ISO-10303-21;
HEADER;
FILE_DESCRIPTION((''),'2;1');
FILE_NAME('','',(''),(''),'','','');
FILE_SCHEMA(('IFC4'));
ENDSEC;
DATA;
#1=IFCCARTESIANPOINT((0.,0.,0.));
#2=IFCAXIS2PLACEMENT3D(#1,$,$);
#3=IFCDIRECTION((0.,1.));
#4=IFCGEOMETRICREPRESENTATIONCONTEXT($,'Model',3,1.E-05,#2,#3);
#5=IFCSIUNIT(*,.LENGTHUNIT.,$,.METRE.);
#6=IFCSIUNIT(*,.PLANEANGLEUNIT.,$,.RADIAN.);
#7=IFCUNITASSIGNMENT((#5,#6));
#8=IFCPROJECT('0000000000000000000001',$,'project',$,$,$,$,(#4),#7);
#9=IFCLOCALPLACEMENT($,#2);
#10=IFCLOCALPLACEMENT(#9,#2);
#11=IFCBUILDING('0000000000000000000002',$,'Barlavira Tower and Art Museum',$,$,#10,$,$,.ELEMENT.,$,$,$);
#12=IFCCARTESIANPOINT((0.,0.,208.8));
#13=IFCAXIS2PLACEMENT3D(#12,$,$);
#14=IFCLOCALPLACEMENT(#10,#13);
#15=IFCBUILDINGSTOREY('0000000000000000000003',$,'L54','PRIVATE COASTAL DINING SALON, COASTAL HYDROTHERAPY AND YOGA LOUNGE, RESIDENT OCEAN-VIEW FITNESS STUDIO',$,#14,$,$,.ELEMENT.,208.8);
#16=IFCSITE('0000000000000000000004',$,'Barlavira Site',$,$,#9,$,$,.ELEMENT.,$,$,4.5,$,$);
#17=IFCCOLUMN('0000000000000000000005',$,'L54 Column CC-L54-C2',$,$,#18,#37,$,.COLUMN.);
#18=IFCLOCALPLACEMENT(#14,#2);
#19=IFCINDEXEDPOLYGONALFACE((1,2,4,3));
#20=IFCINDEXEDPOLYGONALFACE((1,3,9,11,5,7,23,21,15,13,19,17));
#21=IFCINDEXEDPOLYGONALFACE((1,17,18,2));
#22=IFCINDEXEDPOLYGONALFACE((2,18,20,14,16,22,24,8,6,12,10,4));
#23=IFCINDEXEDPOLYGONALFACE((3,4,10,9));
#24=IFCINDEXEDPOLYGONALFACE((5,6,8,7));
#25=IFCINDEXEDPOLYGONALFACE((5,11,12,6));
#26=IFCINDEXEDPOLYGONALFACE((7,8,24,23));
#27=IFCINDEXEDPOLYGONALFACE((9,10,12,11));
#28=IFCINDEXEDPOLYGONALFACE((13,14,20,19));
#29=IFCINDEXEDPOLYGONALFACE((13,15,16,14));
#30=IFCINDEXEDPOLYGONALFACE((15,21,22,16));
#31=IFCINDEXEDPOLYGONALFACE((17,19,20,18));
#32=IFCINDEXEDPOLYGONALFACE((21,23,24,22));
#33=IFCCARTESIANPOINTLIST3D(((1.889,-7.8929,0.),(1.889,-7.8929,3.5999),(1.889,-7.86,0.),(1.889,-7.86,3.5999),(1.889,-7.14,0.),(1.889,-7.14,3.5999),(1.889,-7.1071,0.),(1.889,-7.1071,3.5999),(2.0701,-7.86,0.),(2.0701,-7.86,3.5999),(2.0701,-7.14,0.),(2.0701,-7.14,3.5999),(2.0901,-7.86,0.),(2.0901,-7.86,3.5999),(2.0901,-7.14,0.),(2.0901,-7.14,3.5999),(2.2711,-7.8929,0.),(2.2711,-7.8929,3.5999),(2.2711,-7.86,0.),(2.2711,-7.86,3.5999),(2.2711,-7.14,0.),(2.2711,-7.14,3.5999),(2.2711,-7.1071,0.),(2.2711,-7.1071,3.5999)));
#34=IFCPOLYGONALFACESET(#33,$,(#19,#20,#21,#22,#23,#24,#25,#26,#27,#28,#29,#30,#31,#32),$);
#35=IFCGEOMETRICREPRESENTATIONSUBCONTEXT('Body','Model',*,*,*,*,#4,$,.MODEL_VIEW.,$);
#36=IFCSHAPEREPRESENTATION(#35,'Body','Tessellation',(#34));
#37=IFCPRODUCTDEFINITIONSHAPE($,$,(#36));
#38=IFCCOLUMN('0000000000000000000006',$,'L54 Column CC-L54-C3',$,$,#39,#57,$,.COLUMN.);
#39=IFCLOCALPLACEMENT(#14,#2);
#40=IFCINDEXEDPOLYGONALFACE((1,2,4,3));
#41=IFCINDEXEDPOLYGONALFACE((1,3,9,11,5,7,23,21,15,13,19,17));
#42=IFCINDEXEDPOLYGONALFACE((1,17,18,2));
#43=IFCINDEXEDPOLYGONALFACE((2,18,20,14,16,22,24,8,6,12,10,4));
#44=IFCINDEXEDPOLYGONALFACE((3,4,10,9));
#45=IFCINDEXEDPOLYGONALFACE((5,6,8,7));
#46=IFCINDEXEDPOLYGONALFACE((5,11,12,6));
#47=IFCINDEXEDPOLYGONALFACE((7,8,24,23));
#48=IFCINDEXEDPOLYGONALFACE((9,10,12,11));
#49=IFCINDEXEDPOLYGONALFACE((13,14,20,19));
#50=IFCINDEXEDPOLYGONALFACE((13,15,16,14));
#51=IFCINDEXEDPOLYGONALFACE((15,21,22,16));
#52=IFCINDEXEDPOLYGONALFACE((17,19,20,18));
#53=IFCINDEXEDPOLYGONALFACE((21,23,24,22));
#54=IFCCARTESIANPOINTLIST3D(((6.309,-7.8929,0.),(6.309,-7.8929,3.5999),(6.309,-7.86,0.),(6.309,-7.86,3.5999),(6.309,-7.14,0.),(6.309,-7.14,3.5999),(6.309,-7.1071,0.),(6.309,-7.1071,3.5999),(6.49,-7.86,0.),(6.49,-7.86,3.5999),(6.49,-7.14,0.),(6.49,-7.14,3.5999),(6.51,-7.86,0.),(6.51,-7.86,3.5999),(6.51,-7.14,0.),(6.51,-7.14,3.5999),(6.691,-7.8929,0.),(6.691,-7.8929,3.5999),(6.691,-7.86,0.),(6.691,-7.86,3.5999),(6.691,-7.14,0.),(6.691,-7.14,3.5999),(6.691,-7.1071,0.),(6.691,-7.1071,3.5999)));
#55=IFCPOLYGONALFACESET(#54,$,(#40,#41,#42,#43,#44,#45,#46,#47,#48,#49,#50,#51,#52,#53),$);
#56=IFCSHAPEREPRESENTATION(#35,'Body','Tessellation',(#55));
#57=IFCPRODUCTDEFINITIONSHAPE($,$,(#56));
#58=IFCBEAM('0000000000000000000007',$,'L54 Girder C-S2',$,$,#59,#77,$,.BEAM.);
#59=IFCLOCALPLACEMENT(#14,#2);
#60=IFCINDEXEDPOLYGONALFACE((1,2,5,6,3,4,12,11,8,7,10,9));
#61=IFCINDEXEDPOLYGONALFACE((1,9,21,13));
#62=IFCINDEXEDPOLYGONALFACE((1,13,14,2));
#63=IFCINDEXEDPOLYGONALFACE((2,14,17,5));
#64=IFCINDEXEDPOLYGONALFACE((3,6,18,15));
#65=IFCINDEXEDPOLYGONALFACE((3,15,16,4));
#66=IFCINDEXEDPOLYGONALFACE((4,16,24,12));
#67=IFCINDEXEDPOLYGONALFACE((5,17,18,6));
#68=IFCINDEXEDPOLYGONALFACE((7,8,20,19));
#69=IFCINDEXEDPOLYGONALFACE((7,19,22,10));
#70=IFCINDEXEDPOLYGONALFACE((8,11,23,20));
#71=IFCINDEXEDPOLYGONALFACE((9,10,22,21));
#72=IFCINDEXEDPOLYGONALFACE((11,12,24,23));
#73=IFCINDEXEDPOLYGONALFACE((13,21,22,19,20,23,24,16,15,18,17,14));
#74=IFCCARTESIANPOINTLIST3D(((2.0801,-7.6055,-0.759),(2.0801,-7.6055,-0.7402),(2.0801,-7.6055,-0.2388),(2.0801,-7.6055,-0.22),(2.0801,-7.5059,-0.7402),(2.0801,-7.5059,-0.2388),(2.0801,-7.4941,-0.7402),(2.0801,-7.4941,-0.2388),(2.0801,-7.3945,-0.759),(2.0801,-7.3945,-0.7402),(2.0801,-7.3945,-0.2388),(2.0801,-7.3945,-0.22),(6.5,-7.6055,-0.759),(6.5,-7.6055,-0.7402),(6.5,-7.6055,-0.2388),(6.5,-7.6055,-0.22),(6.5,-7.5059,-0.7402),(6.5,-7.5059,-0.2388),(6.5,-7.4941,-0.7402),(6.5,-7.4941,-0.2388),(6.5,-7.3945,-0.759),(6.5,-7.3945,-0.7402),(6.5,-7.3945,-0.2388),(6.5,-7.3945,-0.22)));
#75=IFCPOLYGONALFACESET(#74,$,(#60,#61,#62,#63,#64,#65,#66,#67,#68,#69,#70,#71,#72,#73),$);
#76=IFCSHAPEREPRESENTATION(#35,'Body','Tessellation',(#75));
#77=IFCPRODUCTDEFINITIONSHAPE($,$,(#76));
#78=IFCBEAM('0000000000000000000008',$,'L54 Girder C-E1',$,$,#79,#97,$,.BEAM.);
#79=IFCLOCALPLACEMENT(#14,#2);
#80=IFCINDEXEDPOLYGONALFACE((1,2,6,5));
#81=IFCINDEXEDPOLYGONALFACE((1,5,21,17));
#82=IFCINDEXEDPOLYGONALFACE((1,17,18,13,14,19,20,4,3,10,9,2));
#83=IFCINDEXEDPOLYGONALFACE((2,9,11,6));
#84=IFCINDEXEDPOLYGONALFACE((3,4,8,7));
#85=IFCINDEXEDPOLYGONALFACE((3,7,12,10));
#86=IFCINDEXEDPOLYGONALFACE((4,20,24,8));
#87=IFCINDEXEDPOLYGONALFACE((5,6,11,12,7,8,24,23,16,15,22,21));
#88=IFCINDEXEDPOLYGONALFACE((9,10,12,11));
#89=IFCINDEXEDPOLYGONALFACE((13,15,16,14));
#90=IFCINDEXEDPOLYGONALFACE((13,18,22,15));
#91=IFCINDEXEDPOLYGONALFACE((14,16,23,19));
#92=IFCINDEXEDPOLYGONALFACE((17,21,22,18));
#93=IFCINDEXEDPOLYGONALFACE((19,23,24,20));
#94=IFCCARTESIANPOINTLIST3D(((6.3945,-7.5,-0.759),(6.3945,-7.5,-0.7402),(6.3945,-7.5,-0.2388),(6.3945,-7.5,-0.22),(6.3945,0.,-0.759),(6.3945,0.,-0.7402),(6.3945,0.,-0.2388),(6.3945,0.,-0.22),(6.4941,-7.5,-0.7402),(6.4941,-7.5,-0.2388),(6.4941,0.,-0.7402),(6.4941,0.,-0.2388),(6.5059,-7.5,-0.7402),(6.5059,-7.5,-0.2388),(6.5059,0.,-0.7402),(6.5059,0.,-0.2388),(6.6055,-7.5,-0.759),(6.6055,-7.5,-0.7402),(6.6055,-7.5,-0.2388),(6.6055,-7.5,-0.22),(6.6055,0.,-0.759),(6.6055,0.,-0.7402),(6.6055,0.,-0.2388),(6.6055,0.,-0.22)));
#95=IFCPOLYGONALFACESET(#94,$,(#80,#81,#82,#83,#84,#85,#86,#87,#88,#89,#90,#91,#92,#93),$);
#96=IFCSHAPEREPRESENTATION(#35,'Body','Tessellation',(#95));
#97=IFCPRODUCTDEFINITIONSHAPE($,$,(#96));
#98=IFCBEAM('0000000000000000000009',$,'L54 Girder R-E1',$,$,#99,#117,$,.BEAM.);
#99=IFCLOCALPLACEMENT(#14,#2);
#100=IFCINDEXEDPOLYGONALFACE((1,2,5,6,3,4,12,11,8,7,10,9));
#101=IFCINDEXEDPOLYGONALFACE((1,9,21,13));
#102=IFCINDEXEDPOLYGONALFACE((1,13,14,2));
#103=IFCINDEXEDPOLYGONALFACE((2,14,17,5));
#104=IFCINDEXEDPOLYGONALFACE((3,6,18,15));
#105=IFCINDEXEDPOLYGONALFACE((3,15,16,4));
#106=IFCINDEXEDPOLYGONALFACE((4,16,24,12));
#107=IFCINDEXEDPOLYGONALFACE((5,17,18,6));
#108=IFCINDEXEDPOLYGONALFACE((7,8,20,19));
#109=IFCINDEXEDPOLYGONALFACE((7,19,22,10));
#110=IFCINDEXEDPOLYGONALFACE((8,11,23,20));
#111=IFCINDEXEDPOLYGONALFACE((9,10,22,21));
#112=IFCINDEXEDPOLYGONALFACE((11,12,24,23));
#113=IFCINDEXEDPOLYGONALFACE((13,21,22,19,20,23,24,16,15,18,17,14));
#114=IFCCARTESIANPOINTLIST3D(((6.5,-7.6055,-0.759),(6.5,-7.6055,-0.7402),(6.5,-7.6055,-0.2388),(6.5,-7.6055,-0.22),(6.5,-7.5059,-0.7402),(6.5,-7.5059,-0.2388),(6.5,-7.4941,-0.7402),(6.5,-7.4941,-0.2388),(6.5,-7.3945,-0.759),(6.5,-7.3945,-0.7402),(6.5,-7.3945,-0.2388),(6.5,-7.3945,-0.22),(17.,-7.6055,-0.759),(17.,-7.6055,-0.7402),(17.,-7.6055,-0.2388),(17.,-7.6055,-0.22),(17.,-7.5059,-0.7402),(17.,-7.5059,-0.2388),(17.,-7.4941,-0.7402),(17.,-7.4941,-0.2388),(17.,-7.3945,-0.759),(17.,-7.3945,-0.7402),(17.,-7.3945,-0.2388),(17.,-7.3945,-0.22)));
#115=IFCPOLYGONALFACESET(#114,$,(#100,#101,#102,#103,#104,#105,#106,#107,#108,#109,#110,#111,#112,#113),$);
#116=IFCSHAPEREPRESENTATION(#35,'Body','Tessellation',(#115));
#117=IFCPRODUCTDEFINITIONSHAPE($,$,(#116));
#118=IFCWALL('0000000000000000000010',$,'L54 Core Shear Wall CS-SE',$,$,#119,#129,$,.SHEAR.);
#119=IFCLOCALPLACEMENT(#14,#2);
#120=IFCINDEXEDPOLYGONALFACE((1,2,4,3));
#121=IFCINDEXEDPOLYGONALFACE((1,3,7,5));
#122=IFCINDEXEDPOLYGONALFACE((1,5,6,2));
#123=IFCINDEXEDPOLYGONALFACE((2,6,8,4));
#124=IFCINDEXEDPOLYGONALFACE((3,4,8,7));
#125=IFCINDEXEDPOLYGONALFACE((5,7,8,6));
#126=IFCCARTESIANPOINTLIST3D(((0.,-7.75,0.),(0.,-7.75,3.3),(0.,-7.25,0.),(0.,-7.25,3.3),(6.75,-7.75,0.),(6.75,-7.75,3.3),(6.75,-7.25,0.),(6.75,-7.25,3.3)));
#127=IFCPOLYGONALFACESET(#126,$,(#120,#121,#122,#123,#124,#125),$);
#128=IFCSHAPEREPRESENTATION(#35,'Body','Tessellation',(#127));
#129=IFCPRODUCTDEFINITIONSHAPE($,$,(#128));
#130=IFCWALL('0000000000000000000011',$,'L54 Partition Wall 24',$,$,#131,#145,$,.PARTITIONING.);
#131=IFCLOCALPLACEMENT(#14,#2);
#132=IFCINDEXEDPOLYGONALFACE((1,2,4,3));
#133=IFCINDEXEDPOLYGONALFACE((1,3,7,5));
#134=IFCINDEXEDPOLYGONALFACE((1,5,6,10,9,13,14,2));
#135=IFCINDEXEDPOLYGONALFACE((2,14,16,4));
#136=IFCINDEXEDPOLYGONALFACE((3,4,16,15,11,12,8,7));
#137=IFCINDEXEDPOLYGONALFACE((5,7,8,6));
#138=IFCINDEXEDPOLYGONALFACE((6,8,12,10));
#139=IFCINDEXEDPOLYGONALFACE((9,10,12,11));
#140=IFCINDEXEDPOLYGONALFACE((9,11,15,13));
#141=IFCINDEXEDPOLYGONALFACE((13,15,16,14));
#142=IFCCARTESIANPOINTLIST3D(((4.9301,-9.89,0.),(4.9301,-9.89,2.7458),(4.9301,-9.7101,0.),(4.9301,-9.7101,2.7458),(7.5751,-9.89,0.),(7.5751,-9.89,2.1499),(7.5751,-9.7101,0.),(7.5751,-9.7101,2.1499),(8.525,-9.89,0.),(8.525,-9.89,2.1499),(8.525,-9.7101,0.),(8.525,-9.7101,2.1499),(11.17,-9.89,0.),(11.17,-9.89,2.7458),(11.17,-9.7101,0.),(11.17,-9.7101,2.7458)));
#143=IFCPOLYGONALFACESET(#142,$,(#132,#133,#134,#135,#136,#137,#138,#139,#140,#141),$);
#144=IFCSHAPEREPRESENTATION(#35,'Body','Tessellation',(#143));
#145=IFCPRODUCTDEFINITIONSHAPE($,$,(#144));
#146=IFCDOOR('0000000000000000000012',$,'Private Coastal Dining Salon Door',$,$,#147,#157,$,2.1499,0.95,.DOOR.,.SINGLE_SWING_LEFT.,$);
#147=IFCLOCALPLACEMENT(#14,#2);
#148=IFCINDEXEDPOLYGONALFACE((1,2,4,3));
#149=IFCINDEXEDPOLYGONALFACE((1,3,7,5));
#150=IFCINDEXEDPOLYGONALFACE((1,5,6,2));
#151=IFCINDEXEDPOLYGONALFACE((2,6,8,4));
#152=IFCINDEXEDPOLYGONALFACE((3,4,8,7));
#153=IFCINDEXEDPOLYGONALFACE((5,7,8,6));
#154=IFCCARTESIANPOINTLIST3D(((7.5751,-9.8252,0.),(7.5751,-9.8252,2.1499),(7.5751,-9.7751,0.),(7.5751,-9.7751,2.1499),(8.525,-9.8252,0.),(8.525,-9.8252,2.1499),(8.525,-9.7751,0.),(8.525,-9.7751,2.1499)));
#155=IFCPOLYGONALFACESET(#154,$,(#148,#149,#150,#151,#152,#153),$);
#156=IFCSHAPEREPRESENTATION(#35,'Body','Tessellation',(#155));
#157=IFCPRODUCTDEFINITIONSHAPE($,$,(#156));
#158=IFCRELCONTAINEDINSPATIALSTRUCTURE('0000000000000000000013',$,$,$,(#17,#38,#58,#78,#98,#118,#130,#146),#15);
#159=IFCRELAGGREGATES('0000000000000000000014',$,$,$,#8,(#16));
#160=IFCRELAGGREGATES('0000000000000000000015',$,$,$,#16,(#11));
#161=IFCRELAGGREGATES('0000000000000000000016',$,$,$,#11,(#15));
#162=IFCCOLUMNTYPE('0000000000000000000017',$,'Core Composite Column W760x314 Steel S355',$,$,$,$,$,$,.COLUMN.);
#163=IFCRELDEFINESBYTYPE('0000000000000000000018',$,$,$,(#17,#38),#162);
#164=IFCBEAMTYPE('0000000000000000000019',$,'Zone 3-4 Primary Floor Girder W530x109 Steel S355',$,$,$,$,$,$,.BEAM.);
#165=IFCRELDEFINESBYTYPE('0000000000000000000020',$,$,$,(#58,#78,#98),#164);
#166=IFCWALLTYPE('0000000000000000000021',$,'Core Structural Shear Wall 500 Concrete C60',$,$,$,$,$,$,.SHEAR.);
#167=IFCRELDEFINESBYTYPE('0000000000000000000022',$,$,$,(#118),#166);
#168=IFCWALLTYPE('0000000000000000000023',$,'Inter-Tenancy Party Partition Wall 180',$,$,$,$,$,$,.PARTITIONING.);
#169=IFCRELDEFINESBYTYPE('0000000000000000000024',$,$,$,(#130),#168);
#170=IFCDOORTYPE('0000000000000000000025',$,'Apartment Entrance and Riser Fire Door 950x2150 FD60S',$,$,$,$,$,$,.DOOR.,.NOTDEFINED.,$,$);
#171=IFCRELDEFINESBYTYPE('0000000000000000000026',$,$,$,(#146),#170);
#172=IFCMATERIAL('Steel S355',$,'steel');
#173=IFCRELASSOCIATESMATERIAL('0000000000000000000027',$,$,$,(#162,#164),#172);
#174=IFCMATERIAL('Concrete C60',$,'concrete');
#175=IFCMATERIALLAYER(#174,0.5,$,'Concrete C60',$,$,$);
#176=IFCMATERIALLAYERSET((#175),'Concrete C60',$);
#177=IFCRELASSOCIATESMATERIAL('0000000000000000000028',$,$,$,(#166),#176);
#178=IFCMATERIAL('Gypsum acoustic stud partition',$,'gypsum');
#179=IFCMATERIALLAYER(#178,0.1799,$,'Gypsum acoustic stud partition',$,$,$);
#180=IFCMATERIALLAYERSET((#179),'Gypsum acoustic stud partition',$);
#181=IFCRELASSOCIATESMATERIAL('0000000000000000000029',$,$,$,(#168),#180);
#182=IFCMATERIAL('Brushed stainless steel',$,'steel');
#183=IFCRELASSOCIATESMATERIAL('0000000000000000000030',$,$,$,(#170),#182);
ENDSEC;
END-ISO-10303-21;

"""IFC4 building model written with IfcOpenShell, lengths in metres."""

from ifc_helpers import new_model, si_unit, direction, frame, frame_2d, origin, origin_2d, place, context, subcontext, project, spatial, rectangle, i_section, extrude, material, layer, layer_set, material_profile, profile_set, type_object, element, fill, save


model = new_model("IFC4")

# Units and contexts
model_context = context("Model", 3, precision=1e-05, world=origin(), true_north=direction((0.0, 1.0)))
body_context = subcontext(model_context, "Body", "Model", "MODEL_VIEW")
ifc_project = project(units=[si_unit("LENGTHUNIT", "METRE"), si_unit("PLANEANGLEUNIT", "RADIAN")], contexts=[model_context])

# Site, building, storey
site_placement = place(None, origin())
site = spatial("IfcSite", under=ifc_project, at=site_placement, Name="Barlavira Site", CompositionType="ELEMENT", RefElevation=4.5)
building_placement = place(site_placement, origin())
building = spatial("IfcBuilding", under=site, at=building_placement, Name="Barlavira Tower and Art Museum", CompositionType="ELEMENT")
storey_placement = place(building_placement, frame((0.0, 0.0, 208.8)))
storey = spatial("IfcBuildingStorey", under=building, at=storey_placement, Name="L54", Description="PRIVATE COASTAL DINING SALON, COASTAL HYDROTHERAPY AND YOGA LOUNGE, RESIDENT OCEAN-VIEW FITNESS STUDIO", CompositionType="ELEMENT", Elevation=208.8)

# Columns
ifc_material_1 = material(Name="Steel S355", Category="steel")
ifc_material_profile_1 = material_profile(ifc_material_1, i_section(OverallWidth=0.3821, OverallDepth=0.7859, WebThickness=0.02, FlangeThickness=0.033, at=origin_2d()), Name="W760x314.0")
ifc_profile_set_1 = profile_set([ifc_material_profile_1], Name="Steel S355")
column_type = type_object("IfcColumnType", Name="Core Composite Column W760x314 Steel S355", PredefinedType="COLUMN", material=ifc_profile_set_1)
for number, where, z_axis, x_axis, name in (
    (1, (2.0801, -7.5, 0.0), (0.0, 0.0, 1.0), (1.0, 0.0, 0.0), "L54 Column CC-L54-C2"),
    (2, (6.5, -7.5, 0.0), (0.0, 0.0, 1.0), (1.0, 0.0, 0.0), "L54 Column CC-L54-C3"),
):
    element("IfcColumn", number, at=place(storey_placement, frame(where, z_axis=z_axis, x_axis=x_axis)), inside=storey, type_object=column_type, Name=name, PredefinedType="COLUMN", context=body_context, shape_type="SweptSolid", body=[
        extrude(i_section(OverallWidth=0.3821, OverallDepth=0.7859, WebThickness=0.02, FlangeThickness=0.033, at=origin_2d()), origin(), (0.0, 0.0, 1.0), 3.5999),
    ])

# Beams
ifc_material_profile_2 = material_profile(ifc_material_1, i_section(OverallWidth=0.2109, OverallDepth=0.5391, WebThickness=0.0117, FlangeThickness=0.0188, at=origin_2d()), Name="W530x109.0")
ifc_profile_set_2 = profile_set([ifc_material_profile_2], Name="Steel S355")
beam_type = type_object("IfcBeamType", Name="Zone 3-4 Primary Floor Girder W530x109 Steel S355", PredefinedType="BEAM", material=ifc_profile_set_2)
beam_1_placement = place(storey_placement, frame((2.0801, -7.5, -0.4895), z_axis=(1.0, 0.0, 0.0), x_axis=(0.0, 1.0, 0.0)))
element("IfcBeam", 3, at=beam_1_placement, inside=storey, type_object=beam_type, Name="L54 Girder C-S2", PredefinedType="BEAM", context=body_context, shape_type="SweptSolid", body=[
    extrude(i_section(OverallWidth=0.2109, OverallDepth=0.5391, WebThickness=0.0117, FlangeThickness=0.0188, at=origin_2d()), origin(), (0.0, 0.0, 1.0), 4.4199),
])
beam_2_placement = place(storey_placement, frame((6.5, -7.5, -0.4895), z_axis=(0.0, 1.0, 0.0), x_axis=(-1.0, 0.0, 0.0)))
element("IfcBeam", 4, at=beam_2_placement, inside=storey, type_object=beam_type, Name="L54 Girder C-E1", PredefinedType="BEAM", context=body_context, shape_type="SweptSolid", body=[
    extrude(i_section(OverallWidth=0.2109, OverallDepth=0.5391, WebThickness=0.0117, FlangeThickness=0.0188, at=origin_2d()), origin(), (0.0, 0.0, 1.0), 7.5),
])
beam_3_placement = place(storey_placement, frame((6.5, -7.5, -0.4895), z_axis=(1.0, 0.0, 0.0), x_axis=(0.0, 1.0, 0.0)))
element("IfcBeam", 5, at=beam_3_placement, inside=storey, type_object=beam_type, Name="L54 Girder R-E1", PredefinedType="BEAM", context=body_context, shape_type="SweptSolid", body=[
    extrude(i_section(OverallWidth=0.2109, OverallDepth=0.5391, WebThickness=0.0117, FlangeThickness=0.0188, at=origin_2d()), origin(), (0.0, 0.0, 1.0), 10.5),
])

# Wall
ifc_material_2 = material(Name="Concrete C60", Category="concrete")
ifc_layer_1 = layer(ifc_material_2, 0.5, Name="Concrete C60")
ifc_layer_set_1 = layer_set([ifc_layer_1], Name="Concrete C60")
wall_type_1 = type_object("IfcWallType", Name="Core Structural Shear Wall 500 Concrete C60", PredefinedType="SHEAR", material=ifc_layer_set_1)
wall_1_placement = place(storey_placement, frame((0.0, -7.5, 0.0), z_axis=(0.0, 0.0, 1.0), x_axis=(1.0, 0.0, 0.0)))
element("IfcWall", 6, at=wall_1_placement, inside=storey, type_object=wall_type_1, Name="L54 Core Shear Wall CS-SE", PredefinedType="SHEAR", context=body_context, shape_type="SweptSolid", body=[
    extrude(rectangle(XDim=6.75, YDim=0.5, at=frame_2d((3.375, 0.0))), origin(), (0.0, 0.0, 1.0), 3.3),
])

# Wall, opening, door
ifc_material_3 = material(Name="Brushed stainless steel", Category="steel")
ifc_material_4 = material(Name="Gypsum acoustic stud partition", Category="gypsum")
ifc_layer_2 = layer(ifc_material_4, 0.1799, Name="Gypsum acoustic stud partition")
ifc_layer_set_2 = layer_set([ifc_layer_2], Name="Gypsum acoustic stud partition")
wall_type_2 = type_object("IfcWallType", Name="Inter-Tenancy Party Partition Wall 180", PredefinedType="PARTITIONING", material=ifc_layer_set_2)
door_type_1 = type_object("IfcDoorType", Name="Apartment Entrance and Riser Fire Door 950x2150 FD60S", OperationType="NOTDEFINED", PredefinedType="DOOR", material=ifc_material_3)
wall_2_placement = place(storey_placement, frame((4.9299, -9.8, 0.0), z_axis=(0.0, 0.0, 1.0), x_axis=(1.0, 0.0, 0.0)))
wall_2 = element("IfcWall", 7, at=wall_2_placement, inside=storey, type_object=wall_type_2, Name="L54 Partition Wall 24", PredefinedType="PARTITIONING", context=body_context, shape_type="SweptSolid", body=[
    extrude(rectangle(XDim=6.24, YDim=0.1799, at=frame_2d((3.1201, 0.0))), origin(), (0.0, 0.0, 1.0), 2.7458),
])
opening_1_placement = place(wall_2_placement, frame((2.645, 0.0, 0.0)))
opening_1 = element("IfcOpeningElement", 8, at=opening_1_placement, cuts=wall_2, PredefinedType="OPENING", context=body_context, shape_type="SweptSolid", body=[
    extrude(rectangle(XDim=0.95, YDim=2.1499, at=frame_2d((0.4751, 1.075))), frame((0.0, 0.1001, 0.0), z_axis=(0.0, -1.0, 0.0), x_axis=(1.0, 0.0, 0.0)), (0.0, 0.0, 1.0), 0.2),
])
door_1_placement = place(opening_1_placement, origin())
door_1 = element("IfcDoor", 9, at=door_1_placement, inside=storey, type_object=door_type_1, Name="Private Coastal Dining Salon Door", OperationType="SINGLE_SWING_LEFT", OverallHeight=2.1499, OverallWidth=0.95, PredefinedType="DOOR", context=body_context, shape_type="SweptSolid", body=[
    extrude(rectangle(XDim=0.95, YDim=2.1499, at=frame_2d((0.4751, 1.075))), frame((0.0, 0.0249, 0.0), z_axis=(0.0, -1.0, 0.0), x_axis=(1.0, 0.0, 0.0)), (0.0, 0.0, 1.0), 0.05),
])
fill(opening_1, door_1)

save(model, "model.ifc")
